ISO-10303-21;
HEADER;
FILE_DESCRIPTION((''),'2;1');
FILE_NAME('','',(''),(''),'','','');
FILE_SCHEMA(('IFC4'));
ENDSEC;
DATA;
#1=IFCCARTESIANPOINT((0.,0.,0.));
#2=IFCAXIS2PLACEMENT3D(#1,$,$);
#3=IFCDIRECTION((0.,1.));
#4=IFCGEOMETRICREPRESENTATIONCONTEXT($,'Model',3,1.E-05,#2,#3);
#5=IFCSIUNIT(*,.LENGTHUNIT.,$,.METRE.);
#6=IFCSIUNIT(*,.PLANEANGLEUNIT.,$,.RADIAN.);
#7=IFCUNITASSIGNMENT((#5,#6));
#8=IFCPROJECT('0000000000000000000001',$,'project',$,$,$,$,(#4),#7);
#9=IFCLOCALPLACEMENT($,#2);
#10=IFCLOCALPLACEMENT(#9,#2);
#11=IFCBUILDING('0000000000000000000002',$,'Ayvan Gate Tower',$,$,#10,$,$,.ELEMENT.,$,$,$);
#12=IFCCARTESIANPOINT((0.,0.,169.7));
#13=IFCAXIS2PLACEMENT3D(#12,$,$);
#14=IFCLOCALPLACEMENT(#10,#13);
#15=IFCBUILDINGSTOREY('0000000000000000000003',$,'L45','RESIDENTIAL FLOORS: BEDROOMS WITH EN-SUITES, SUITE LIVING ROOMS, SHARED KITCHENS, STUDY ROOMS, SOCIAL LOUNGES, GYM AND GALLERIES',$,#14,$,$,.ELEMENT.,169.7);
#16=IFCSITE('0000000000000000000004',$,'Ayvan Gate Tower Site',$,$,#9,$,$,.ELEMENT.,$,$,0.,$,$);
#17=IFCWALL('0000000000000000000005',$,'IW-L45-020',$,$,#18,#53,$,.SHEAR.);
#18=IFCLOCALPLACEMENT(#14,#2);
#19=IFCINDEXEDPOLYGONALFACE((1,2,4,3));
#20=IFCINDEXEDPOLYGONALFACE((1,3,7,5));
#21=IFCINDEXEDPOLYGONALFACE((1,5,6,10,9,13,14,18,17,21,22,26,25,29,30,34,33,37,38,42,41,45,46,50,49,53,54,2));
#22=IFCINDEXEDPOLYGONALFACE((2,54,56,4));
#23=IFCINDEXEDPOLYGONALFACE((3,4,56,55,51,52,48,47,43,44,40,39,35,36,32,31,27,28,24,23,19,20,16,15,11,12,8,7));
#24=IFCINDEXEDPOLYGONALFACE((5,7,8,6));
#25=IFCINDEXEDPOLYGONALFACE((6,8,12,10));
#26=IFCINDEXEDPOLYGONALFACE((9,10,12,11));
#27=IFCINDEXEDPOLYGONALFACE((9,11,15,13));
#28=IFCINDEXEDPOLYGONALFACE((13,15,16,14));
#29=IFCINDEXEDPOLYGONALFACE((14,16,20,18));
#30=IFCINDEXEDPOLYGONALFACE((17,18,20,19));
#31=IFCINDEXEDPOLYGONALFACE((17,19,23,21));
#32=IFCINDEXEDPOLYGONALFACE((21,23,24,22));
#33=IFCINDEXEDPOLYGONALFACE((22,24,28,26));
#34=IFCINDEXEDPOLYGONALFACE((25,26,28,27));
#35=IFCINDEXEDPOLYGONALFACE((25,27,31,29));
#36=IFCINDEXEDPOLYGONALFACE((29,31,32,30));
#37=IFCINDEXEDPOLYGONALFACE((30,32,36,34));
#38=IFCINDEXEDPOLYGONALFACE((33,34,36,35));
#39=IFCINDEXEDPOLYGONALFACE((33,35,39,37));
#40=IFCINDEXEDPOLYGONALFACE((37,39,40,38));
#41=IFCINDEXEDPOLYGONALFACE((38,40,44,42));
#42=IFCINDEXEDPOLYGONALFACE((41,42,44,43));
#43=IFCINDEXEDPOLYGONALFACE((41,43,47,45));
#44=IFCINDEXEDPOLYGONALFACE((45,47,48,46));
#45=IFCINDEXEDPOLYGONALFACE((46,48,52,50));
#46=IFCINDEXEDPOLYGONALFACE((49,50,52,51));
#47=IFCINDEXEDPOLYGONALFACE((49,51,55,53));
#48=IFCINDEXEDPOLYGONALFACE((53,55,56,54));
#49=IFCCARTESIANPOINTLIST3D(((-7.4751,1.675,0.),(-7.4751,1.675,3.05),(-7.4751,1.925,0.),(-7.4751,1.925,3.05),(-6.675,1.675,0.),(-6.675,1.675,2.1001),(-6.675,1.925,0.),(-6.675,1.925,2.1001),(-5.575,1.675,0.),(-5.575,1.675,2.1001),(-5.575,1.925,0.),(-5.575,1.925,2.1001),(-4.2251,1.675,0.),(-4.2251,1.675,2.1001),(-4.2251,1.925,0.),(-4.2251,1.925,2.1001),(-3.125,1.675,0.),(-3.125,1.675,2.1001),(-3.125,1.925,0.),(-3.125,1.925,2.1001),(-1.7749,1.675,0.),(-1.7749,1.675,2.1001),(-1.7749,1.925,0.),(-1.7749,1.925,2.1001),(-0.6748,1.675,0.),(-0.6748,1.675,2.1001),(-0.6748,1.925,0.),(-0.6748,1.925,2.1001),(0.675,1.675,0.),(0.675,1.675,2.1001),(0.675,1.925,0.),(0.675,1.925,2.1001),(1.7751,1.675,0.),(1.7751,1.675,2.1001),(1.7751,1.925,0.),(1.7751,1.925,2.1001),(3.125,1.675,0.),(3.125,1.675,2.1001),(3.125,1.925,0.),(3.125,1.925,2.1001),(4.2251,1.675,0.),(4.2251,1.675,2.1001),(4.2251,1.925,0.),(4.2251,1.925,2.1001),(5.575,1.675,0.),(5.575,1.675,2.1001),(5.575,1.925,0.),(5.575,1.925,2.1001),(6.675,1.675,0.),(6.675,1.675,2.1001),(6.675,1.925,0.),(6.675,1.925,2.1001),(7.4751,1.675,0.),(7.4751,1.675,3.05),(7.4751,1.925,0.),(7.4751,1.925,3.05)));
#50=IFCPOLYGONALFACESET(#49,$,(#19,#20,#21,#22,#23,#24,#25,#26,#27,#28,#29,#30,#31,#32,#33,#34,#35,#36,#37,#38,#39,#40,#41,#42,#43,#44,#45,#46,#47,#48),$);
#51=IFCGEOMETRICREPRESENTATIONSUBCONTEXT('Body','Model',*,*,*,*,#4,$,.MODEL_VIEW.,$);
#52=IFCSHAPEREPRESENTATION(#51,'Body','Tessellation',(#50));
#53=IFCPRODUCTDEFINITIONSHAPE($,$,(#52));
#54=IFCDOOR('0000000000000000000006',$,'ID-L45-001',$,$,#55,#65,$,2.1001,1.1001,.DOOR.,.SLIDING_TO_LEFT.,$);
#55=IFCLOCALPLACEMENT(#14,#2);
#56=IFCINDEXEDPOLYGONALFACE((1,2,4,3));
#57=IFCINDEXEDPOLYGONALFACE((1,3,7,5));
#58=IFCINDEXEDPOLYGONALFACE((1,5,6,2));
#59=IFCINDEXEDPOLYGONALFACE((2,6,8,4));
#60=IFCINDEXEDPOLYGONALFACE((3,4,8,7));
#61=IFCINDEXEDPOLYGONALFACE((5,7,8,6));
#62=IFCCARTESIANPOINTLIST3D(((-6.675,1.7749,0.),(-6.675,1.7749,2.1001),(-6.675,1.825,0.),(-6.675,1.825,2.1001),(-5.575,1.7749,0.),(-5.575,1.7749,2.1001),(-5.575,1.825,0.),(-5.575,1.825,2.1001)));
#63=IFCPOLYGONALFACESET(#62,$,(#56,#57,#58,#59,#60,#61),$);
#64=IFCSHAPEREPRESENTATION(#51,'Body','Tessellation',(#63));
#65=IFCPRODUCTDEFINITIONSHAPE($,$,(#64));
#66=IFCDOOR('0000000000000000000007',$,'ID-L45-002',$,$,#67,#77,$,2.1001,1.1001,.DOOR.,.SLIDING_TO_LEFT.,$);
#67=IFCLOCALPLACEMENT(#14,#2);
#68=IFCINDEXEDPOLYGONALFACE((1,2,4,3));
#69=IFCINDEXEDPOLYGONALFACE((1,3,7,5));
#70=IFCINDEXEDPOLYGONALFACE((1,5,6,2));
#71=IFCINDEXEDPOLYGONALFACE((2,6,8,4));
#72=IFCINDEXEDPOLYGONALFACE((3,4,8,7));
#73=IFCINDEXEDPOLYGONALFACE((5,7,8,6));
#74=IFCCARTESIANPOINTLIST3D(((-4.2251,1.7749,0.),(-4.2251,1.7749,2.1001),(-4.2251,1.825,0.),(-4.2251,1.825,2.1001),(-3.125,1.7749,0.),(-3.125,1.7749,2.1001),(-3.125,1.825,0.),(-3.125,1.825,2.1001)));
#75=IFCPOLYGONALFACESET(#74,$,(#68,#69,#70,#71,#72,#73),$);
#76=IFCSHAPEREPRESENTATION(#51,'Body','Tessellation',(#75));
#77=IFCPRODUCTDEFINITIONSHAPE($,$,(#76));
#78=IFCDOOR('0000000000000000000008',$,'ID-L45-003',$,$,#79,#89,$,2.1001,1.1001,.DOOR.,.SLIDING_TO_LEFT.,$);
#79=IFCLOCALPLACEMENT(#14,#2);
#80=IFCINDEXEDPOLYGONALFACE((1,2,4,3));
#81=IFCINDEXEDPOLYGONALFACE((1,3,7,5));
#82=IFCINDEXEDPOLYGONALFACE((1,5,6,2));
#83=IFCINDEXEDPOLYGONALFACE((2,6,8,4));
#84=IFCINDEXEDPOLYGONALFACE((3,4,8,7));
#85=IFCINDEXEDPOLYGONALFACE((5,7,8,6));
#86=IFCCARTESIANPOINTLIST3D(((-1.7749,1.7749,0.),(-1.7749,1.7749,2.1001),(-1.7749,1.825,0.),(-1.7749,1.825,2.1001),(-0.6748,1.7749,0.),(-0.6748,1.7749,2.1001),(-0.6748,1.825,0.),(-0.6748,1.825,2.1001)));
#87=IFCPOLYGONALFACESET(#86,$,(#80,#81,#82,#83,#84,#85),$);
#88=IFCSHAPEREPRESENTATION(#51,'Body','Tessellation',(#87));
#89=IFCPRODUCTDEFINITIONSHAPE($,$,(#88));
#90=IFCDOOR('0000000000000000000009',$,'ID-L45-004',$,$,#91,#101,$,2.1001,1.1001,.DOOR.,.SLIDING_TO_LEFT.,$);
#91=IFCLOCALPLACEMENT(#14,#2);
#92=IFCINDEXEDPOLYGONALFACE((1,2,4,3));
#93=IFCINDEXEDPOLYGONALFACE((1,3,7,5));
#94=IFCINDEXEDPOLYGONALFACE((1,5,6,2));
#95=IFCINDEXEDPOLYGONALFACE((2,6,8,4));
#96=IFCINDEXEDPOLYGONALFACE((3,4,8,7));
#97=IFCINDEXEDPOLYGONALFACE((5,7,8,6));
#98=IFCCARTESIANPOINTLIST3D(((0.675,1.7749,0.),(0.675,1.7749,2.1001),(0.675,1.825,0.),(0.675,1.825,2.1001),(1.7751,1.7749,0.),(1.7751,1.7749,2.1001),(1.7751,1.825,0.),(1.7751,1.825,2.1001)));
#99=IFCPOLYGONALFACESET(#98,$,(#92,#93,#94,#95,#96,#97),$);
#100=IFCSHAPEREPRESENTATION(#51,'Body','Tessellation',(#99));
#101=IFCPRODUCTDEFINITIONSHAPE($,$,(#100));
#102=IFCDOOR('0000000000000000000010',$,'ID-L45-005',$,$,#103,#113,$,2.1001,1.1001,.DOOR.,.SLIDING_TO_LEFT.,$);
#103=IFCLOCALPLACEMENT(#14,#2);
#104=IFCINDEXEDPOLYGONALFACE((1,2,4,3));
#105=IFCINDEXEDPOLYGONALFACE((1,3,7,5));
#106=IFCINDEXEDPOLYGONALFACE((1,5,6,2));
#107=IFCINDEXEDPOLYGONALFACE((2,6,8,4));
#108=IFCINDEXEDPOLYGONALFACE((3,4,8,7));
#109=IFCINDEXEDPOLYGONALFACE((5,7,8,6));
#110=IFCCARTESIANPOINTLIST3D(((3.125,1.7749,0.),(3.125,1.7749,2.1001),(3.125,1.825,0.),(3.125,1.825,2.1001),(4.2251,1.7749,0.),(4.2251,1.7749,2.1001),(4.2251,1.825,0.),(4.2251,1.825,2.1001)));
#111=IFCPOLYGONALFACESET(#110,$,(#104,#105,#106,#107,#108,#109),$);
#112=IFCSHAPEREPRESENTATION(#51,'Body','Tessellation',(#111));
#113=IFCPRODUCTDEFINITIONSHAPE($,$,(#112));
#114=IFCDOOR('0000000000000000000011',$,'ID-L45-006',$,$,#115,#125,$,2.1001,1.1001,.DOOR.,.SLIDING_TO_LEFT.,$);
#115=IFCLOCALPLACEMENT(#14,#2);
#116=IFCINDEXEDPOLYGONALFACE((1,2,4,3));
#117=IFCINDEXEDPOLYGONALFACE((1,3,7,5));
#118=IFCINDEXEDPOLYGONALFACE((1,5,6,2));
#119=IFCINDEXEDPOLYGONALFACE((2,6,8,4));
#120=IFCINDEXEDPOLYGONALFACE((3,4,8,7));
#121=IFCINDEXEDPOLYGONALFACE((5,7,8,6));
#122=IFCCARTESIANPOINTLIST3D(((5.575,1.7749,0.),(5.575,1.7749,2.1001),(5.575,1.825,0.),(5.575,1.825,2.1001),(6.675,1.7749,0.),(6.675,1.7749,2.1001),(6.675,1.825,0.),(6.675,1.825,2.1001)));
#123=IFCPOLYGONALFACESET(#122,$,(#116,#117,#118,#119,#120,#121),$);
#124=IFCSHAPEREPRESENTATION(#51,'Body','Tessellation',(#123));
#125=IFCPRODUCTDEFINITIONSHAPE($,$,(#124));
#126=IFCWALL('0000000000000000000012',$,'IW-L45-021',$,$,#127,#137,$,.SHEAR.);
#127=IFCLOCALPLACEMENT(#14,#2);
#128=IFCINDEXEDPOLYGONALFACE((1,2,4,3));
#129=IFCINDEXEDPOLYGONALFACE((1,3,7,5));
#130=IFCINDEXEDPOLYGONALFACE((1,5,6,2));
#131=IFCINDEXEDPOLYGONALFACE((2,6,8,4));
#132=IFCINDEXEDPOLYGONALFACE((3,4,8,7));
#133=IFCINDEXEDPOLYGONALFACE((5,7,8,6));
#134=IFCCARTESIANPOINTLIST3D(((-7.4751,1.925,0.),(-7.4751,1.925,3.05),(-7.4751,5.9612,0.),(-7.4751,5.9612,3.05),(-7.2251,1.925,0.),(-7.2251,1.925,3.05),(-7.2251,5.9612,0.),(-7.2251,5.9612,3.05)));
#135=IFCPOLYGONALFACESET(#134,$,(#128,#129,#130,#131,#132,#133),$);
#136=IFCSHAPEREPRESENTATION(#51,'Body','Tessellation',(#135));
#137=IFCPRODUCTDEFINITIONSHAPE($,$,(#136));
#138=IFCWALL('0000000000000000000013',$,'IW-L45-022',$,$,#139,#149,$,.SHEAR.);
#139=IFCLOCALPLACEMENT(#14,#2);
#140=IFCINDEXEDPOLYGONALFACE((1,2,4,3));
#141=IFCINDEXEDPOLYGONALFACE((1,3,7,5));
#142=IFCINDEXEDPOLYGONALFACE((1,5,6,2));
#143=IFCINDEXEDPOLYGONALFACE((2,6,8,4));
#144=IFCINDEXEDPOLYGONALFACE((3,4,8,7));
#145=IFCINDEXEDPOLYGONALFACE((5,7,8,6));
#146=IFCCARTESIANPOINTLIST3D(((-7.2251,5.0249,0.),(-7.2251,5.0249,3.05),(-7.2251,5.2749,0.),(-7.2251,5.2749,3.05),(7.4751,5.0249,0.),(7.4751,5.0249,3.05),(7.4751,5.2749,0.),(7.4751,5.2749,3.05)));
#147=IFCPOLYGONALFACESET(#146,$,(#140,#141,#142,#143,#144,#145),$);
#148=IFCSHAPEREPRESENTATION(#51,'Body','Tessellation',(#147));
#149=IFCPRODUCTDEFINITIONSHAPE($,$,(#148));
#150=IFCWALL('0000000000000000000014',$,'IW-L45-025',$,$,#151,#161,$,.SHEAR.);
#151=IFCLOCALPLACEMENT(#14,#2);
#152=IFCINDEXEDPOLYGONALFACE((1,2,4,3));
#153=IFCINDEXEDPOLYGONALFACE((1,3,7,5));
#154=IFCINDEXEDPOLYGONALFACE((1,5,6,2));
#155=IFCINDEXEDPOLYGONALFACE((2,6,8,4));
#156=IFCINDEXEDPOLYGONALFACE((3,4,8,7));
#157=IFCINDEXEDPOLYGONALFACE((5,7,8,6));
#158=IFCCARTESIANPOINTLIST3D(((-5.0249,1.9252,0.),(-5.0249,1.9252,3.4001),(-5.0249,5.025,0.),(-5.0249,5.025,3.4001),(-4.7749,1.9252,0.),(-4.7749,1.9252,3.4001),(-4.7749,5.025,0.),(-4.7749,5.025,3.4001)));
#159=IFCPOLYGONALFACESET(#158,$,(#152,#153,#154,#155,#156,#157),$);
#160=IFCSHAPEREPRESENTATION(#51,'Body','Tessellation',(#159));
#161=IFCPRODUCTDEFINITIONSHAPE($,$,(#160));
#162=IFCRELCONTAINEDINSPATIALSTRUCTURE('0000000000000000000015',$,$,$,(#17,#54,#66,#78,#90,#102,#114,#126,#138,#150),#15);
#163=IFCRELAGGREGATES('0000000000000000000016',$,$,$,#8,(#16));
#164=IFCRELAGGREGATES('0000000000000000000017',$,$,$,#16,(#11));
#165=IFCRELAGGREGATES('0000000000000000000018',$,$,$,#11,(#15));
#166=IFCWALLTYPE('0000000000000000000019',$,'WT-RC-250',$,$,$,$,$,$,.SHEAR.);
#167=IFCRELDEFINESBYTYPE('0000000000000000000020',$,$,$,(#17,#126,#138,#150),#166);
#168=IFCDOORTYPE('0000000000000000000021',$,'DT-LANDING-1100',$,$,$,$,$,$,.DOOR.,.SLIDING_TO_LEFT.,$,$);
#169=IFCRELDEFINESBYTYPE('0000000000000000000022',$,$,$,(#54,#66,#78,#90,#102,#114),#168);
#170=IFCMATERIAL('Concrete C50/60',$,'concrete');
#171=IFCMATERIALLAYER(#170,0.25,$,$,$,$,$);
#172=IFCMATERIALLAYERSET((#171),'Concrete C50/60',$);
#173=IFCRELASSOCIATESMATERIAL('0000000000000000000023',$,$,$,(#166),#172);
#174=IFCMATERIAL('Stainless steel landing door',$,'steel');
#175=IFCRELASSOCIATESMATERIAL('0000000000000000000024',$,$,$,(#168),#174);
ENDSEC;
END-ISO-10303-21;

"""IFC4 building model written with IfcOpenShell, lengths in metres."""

from ifc_helpers import new_model, si_unit, direction, frame, frame_2d, origin, place, context, subcontext, project, spatial, rectangle, extrude, material, layer, layer_set, type_object, element, fill, save


model = new_model("IFC4")

# Units and contexts
model_context = context("Model", 3, precision=1e-05, world=origin(), true_north=direction((0.0, 1.0)))
body_context = subcontext(model_context, "Body", "Model", "MODEL_VIEW")
ifc_project = project(units=[si_unit("LENGTHUNIT", "METRE"), si_unit("PLANEANGLEUNIT", "RADIAN")], contexts=[model_context])

# Site, building, storey
site_placement = place(None, origin())
site = spatial("IfcSite", under=ifc_project, at=site_placement, Name="Ayvan Gate Tower Site", CompositionType="ELEMENT", RefElevation=0.0)
building_placement = place(site_placement, origin())
building = spatial("IfcBuilding", under=site, at=building_placement, Name="Ayvan Gate Tower", CompositionType="ELEMENT")
storey_placement = place(building_placement, frame((0.0, 0.0, 169.7)))
storey = spatial("IfcBuildingStorey", under=building, at=storey_placement, Name="L45", Description="RESIDENTIAL FLOORS: BEDROOMS WITH EN-SUITES, SUITE LIVING ROOMS, SHARED KITCHENS, STUDY ROOMS, SOCIAL LOUNGES, GYM AND GALLERIES", CompositionType="ELEMENT", Elevation=169.7)

# Wall, openings, doors
ifc_material_1 = material(Name="Concrete C50/60", Category="concrete")
ifc_layer_1 = layer(ifc_material_1, 0.25)
ifc_layer_set_1 = layer_set([ifc_layer_1], Name="Concrete C50/60")
wall_type_1 = type_object("IfcWallType", Name="WT-RC-250", PredefinedType="SHEAR", material=ifc_layer_set_1)
wall_1_placement = place(storey_placement, frame((-7.4751, 1.8, 0.0), z_axis=(0.0, 0.0, 1.0), x_axis=(1.0, 0.0, 0.0)))
wall_1 = element("IfcWall", 1, at=wall_1_placement, inside=storey, type_object=wall_type_1, Name="IW-L45-020", PredefinedType="SHEAR", context=body_context, shape_type="SweptSolid", body=[
    extrude(rectangle(XDim=14.9502, YDim=0.25, at=frame_2d((7.4751, 0.0))), origin(), (0.0, 0.0, 1.0), 3.05),
])
opening_1_placement = place(wall_1_placement, frame((0.8, 0.0, 0.0)))
opening_1 = element("IfcOpeningElement", 2, at=opening_1_placement, cuts=wall_1, PredefinedType="OPENING", context=body_context, shape_type="SweptSolid", body=[
    extrude(rectangle(XDim=1.1001, YDim=2.1001, at=frame_2d((0.55, 1.05))), frame((0.0, 0.135, 0.0), z_axis=(0.0, -1.0, 0.0), x_axis=(1.0, 0.0, 0.0)), (0.0, 0.0, 1.0), 0.27),
])
opening_2_placement = place(wall_1_placement, frame((3.25, 0.0, 0.0)))
opening_2 = element("IfcOpeningElement", 3, at=opening_2_placement, cuts=wall_1, PredefinedType="OPENING", context=body_context, shape_type="SweptSolid", body=[
    extrude(rectangle(XDim=1.1001, YDim=2.1001, at=frame_2d((0.55, 1.05))), frame((0.0, 0.135, 0.0), z_axis=(0.0, -1.0, 0.0), x_axis=(1.0, 0.0, 0.0)), (0.0, 0.0, 1.0), 0.27),
])
opening_3_placement = place(wall_1_placement, frame((5.7002, 0.0, 0.0)))
opening_3 = element("IfcOpeningElement", 4, at=opening_3_placement, cuts=wall_1, PredefinedType="OPENING", context=body_context, shape_type="SweptSolid", body=[
    extrude(rectangle(XDim=1.1001, YDim=2.1001, at=frame_2d((0.55, 1.05))), frame((0.0, 0.135, 0.0), z_axis=(0.0, -1.0, 0.0), x_axis=(1.0, 0.0, 0.0)), (0.0, 0.0, 1.0), 0.27),
])
opening_4_placement = place(wall_1_placement, frame((8.1501, 0.0, 0.0)))
opening_4 = element("IfcOpeningElement", 5, at=opening_4_placement, cuts=wall_1, PredefinedType="OPENING", context=body_context, shape_type="SweptSolid", body=[
    extrude(rectangle(XDim=1.1001, YDim=2.1001, at=frame_2d((0.55, 1.05))), frame((0.0, 0.135, 0.0), z_axis=(0.0, -1.0, 0.0), x_axis=(1.0, 0.0, 0.0)), (0.0, 0.0, 1.0), 0.27),
])
opening_5_placement = place(wall_1_placement, frame((10.6001, 0.0, 0.0)))
opening_5 = element("IfcOpeningElement", 6, at=opening_5_placement, cuts=wall_1, PredefinedType="OPENING", context=body_context, shape_type="SweptSolid", body=[
    extrude(rectangle(XDim=1.1001, YDim=2.1001, at=frame_2d((0.55, 1.05))), frame((0.0, 0.135, 0.0), z_axis=(0.0, -1.0, 0.0), x_axis=(1.0, 0.0, 0.0)), (0.0, 0.0, 1.0), 0.27),
])
opening_6_placement = place(wall_1_placement, frame((13.05, 0.0, 0.0)))
opening_6 = element("IfcOpeningElement", 7, at=opening_6_placement, cuts=wall_1, PredefinedType="OPENING", context=body_context, shape_type="SweptSolid", body=[
    extrude(rectangle(XDim=1.1001, YDim=2.1001, at=frame_2d((0.55, 1.05))), frame((0.0, 0.135, 0.0), z_axis=(0.0, -1.0, 0.0), x_axis=(1.0, 0.0, 0.0)), (0.0, 0.0, 1.0), 0.27),
])
ifc_material_2 = material(Name="Stainless steel landing door", Category="steel")
door_type_1 = type_object("IfcDoorType", Name="DT-LANDING-1100", OperationType="SLIDING_TO_LEFT", PredefinedType="DOOR", material=ifc_material_2)
door_1_placement = place(opening_1_placement, origin())
door_1 = element("IfcDoor", 8, at=door_1_placement, inside=storey, type_object=door_type_1, Name="ID-L45-001", OperationType="SLIDING_TO_LEFT", OverallHeight=2.1001, OverallWidth=1.1001, PredefinedType="DOOR", context=body_context, shape_type="SweptSolid", body=[
    extrude(rectangle(XDim=1.1001, YDim=2.1001, at=frame_2d((0.55, 1.05))), frame((0.0, 0.0249, 0.0), z_axis=(0.0, -1.0, 0.0), x_axis=(1.0, 0.0, 0.0)), (0.0, 0.0, 1.0), 0.05),
])
fill(opening_1, door_1)
door_2_placement = place(opening_2_placement, origin())
door_2 = element("IfcDoor", 9, at=door_2_placement, inside=storey, type_object=door_type_1, Name="ID-L45-002", OperationType="SLIDING_TO_LEFT", OverallHeight=2.1001, OverallWidth=1.1001, PredefinedType="DOOR", context=body_context, shape_type="SweptSolid", body=[
    extrude(rectangle(XDim=1.1001, YDim=2.1001, at=frame_2d((0.55, 1.05))), frame((0.0, 0.0249, 0.0), z_axis=(0.0, -1.0, 0.0), x_axis=(1.0, 0.0, 0.0)), (0.0, 0.0, 1.0), 0.05),
])
fill(opening_2, door_2)
door_3_placement = place(opening_3_placement, origin())
door_3 = element("IfcDoor", 10, at=door_3_placement, inside=storey, type_object=door_type_1, Name="ID-L45-003", OperationType="SLIDING_TO_LEFT", OverallHeight=2.1001, OverallWidth=1.1001, PredefinedType="DOOR", context=body_context, shape_type="SweptSolid", body=[
    extrude(rectangle(XDim=1.1001, YDim=2.1001, at=frame_2d((0.55, 1.05))), frame((0.0, 0.0249, 0.0), z_axis=(0.0, -1.0, 0.0), x_axis=(1.0, 0.0, 0.0)), (0.0, 0.0, 1.0), 0.05),
])
fill(opening_3, door_3)
door_4_placement = place(opening_4_placement, origin())
door_4 = element("IfcDoor", 11, at=door_4_placement, inside=storey, type_object=door_type_1, Name="ID-L45-004", OperationType="SLIDING_TO_LEFT", OverallHeight=2.1001, OverallWidth=1.1001, PredefinedType="DOOR", context=body_context, shape_type="SweptSolid", body=[
    extrude(rectangle(XDim=1.1001, YDim=2.1001, at=frame_2d((0.55, 1.05))), frame((0.0, 0.0249, 0.0), z_axis=(0.0, -1.0, 0.0), x_axis=(1.0, 0.0, 0.0)), (0.0, 0.0, 1.0), 0.05),
])
fill(opening_4, door_4)
door_5_placement = place(opening_5_placement, origin())
door_5 = element("IfcDoor", 12, at=door_5_placement, inside=storey, type_object=door_type_1, Name="ID-L45-005", OperationType="SLIDING_TO_LEFT", OverallHeight=2.1001, OverallWidth=1.1001, PredefinedType="DOOR", context=body_context, shape_type="SweptSolid", body=[
    extrude(rectangle(XDim=1.1001, YDim=2.1001, at=frame_2d((0.55, 1.05))), frame((0.0, 0.0249, 0.0), z_axis=(0.0, -1.0, 0.0), x_axis=(1.0, 0.0, 0.0)), (0.0, 0.0, 1.0), 0.05),
])
fill(opening_5, door_5)
door_6_placement = place(opening_6_placement, origin())
door_6 = element("IfcDoor", 13, at=door_6_placement, inside=storey, type_object=door_type_1, Name="ID-L45-006", OperationType="SLIDING_TO_LEFT", OverallHeight=2.1001, OverallWidth=1.1001, PredefinedType="DOOR", context=body_context, shape_type="SweptSolid", body=[
    extrude(rectangle(XDim=1.1001, YDim=2.1001, at=frame_2d((0.55, 1.05))), frame((0.0, 0.0249, 0.0), z_axis=(0.0, -1.0, 0.0), x_axis=(1.0, 0.0, 0.0)), (0.0, 0.0, 1.0), 0.05),
])
fill(opening_6, door_6)

# Walls
wall_2_placement = place(storey_placement, frame((-7.3501, 1.925, 0.0), z_axis=(0.0, 0.0, 1.0), x_axis=(0.0, 1.0, 0.0)))
element("IfcWall", 14, at=wall_2_placement, inside=storey, type_object=wall_type_1, Name="IW-L45-021", PredefinedType="SHEAR", context=body_context, shape_type="SweptSolid", body=[
    extrude(rectangle(XDim=4.0361, YDim=0.25, at=frame_2d((2.0181, 0.0))), origin(), (0.0, 0.0, 1.0), 3.05),
])
wall_3_placement = place(storey_placement, frame((-7.2251, 5.1499, 0.0), z_axis=(0.0, 0.0, 1.0), x_axis=(1.0, 0.0, 0.0)))
element("IfcWall", 15, at=wall_3_placement, inside=storey, type_object=wall_type_1, Name="IW-L45-022", PredefinedType="SHEAR", context=body_context, shape_type="SweptSolid", body=[
    extrude(rectangle(XDim=14.7002, YDim=0.25, at=frame_2d((7.3501, 0.0))), origin(), (0.0, 0.0, 1.0), 3.05),
])
wall_4_placement = place(storey_placement, frame((-4.8999, 5.0249, 0.0), z_axis=(0.0, 0.0, 1.0), x_axis=(0.0, -1.0, 0.0)))
element("IfcWall", 16, at=wall_4_placement, inside=storey, type_object=wall_type_1, Name="IW-L45-025", PredefinedType="SHEAR", context=body_context, shape_type="SweptSolid", body=[
    extrude(rectangle(XDim=3.0999, YDim=0.25, at=frame_2d((1.5498, 0.0))), origin(), (0.0, 0.0, 1.0), 3.4001),
])

save(model, "model.ifc")
